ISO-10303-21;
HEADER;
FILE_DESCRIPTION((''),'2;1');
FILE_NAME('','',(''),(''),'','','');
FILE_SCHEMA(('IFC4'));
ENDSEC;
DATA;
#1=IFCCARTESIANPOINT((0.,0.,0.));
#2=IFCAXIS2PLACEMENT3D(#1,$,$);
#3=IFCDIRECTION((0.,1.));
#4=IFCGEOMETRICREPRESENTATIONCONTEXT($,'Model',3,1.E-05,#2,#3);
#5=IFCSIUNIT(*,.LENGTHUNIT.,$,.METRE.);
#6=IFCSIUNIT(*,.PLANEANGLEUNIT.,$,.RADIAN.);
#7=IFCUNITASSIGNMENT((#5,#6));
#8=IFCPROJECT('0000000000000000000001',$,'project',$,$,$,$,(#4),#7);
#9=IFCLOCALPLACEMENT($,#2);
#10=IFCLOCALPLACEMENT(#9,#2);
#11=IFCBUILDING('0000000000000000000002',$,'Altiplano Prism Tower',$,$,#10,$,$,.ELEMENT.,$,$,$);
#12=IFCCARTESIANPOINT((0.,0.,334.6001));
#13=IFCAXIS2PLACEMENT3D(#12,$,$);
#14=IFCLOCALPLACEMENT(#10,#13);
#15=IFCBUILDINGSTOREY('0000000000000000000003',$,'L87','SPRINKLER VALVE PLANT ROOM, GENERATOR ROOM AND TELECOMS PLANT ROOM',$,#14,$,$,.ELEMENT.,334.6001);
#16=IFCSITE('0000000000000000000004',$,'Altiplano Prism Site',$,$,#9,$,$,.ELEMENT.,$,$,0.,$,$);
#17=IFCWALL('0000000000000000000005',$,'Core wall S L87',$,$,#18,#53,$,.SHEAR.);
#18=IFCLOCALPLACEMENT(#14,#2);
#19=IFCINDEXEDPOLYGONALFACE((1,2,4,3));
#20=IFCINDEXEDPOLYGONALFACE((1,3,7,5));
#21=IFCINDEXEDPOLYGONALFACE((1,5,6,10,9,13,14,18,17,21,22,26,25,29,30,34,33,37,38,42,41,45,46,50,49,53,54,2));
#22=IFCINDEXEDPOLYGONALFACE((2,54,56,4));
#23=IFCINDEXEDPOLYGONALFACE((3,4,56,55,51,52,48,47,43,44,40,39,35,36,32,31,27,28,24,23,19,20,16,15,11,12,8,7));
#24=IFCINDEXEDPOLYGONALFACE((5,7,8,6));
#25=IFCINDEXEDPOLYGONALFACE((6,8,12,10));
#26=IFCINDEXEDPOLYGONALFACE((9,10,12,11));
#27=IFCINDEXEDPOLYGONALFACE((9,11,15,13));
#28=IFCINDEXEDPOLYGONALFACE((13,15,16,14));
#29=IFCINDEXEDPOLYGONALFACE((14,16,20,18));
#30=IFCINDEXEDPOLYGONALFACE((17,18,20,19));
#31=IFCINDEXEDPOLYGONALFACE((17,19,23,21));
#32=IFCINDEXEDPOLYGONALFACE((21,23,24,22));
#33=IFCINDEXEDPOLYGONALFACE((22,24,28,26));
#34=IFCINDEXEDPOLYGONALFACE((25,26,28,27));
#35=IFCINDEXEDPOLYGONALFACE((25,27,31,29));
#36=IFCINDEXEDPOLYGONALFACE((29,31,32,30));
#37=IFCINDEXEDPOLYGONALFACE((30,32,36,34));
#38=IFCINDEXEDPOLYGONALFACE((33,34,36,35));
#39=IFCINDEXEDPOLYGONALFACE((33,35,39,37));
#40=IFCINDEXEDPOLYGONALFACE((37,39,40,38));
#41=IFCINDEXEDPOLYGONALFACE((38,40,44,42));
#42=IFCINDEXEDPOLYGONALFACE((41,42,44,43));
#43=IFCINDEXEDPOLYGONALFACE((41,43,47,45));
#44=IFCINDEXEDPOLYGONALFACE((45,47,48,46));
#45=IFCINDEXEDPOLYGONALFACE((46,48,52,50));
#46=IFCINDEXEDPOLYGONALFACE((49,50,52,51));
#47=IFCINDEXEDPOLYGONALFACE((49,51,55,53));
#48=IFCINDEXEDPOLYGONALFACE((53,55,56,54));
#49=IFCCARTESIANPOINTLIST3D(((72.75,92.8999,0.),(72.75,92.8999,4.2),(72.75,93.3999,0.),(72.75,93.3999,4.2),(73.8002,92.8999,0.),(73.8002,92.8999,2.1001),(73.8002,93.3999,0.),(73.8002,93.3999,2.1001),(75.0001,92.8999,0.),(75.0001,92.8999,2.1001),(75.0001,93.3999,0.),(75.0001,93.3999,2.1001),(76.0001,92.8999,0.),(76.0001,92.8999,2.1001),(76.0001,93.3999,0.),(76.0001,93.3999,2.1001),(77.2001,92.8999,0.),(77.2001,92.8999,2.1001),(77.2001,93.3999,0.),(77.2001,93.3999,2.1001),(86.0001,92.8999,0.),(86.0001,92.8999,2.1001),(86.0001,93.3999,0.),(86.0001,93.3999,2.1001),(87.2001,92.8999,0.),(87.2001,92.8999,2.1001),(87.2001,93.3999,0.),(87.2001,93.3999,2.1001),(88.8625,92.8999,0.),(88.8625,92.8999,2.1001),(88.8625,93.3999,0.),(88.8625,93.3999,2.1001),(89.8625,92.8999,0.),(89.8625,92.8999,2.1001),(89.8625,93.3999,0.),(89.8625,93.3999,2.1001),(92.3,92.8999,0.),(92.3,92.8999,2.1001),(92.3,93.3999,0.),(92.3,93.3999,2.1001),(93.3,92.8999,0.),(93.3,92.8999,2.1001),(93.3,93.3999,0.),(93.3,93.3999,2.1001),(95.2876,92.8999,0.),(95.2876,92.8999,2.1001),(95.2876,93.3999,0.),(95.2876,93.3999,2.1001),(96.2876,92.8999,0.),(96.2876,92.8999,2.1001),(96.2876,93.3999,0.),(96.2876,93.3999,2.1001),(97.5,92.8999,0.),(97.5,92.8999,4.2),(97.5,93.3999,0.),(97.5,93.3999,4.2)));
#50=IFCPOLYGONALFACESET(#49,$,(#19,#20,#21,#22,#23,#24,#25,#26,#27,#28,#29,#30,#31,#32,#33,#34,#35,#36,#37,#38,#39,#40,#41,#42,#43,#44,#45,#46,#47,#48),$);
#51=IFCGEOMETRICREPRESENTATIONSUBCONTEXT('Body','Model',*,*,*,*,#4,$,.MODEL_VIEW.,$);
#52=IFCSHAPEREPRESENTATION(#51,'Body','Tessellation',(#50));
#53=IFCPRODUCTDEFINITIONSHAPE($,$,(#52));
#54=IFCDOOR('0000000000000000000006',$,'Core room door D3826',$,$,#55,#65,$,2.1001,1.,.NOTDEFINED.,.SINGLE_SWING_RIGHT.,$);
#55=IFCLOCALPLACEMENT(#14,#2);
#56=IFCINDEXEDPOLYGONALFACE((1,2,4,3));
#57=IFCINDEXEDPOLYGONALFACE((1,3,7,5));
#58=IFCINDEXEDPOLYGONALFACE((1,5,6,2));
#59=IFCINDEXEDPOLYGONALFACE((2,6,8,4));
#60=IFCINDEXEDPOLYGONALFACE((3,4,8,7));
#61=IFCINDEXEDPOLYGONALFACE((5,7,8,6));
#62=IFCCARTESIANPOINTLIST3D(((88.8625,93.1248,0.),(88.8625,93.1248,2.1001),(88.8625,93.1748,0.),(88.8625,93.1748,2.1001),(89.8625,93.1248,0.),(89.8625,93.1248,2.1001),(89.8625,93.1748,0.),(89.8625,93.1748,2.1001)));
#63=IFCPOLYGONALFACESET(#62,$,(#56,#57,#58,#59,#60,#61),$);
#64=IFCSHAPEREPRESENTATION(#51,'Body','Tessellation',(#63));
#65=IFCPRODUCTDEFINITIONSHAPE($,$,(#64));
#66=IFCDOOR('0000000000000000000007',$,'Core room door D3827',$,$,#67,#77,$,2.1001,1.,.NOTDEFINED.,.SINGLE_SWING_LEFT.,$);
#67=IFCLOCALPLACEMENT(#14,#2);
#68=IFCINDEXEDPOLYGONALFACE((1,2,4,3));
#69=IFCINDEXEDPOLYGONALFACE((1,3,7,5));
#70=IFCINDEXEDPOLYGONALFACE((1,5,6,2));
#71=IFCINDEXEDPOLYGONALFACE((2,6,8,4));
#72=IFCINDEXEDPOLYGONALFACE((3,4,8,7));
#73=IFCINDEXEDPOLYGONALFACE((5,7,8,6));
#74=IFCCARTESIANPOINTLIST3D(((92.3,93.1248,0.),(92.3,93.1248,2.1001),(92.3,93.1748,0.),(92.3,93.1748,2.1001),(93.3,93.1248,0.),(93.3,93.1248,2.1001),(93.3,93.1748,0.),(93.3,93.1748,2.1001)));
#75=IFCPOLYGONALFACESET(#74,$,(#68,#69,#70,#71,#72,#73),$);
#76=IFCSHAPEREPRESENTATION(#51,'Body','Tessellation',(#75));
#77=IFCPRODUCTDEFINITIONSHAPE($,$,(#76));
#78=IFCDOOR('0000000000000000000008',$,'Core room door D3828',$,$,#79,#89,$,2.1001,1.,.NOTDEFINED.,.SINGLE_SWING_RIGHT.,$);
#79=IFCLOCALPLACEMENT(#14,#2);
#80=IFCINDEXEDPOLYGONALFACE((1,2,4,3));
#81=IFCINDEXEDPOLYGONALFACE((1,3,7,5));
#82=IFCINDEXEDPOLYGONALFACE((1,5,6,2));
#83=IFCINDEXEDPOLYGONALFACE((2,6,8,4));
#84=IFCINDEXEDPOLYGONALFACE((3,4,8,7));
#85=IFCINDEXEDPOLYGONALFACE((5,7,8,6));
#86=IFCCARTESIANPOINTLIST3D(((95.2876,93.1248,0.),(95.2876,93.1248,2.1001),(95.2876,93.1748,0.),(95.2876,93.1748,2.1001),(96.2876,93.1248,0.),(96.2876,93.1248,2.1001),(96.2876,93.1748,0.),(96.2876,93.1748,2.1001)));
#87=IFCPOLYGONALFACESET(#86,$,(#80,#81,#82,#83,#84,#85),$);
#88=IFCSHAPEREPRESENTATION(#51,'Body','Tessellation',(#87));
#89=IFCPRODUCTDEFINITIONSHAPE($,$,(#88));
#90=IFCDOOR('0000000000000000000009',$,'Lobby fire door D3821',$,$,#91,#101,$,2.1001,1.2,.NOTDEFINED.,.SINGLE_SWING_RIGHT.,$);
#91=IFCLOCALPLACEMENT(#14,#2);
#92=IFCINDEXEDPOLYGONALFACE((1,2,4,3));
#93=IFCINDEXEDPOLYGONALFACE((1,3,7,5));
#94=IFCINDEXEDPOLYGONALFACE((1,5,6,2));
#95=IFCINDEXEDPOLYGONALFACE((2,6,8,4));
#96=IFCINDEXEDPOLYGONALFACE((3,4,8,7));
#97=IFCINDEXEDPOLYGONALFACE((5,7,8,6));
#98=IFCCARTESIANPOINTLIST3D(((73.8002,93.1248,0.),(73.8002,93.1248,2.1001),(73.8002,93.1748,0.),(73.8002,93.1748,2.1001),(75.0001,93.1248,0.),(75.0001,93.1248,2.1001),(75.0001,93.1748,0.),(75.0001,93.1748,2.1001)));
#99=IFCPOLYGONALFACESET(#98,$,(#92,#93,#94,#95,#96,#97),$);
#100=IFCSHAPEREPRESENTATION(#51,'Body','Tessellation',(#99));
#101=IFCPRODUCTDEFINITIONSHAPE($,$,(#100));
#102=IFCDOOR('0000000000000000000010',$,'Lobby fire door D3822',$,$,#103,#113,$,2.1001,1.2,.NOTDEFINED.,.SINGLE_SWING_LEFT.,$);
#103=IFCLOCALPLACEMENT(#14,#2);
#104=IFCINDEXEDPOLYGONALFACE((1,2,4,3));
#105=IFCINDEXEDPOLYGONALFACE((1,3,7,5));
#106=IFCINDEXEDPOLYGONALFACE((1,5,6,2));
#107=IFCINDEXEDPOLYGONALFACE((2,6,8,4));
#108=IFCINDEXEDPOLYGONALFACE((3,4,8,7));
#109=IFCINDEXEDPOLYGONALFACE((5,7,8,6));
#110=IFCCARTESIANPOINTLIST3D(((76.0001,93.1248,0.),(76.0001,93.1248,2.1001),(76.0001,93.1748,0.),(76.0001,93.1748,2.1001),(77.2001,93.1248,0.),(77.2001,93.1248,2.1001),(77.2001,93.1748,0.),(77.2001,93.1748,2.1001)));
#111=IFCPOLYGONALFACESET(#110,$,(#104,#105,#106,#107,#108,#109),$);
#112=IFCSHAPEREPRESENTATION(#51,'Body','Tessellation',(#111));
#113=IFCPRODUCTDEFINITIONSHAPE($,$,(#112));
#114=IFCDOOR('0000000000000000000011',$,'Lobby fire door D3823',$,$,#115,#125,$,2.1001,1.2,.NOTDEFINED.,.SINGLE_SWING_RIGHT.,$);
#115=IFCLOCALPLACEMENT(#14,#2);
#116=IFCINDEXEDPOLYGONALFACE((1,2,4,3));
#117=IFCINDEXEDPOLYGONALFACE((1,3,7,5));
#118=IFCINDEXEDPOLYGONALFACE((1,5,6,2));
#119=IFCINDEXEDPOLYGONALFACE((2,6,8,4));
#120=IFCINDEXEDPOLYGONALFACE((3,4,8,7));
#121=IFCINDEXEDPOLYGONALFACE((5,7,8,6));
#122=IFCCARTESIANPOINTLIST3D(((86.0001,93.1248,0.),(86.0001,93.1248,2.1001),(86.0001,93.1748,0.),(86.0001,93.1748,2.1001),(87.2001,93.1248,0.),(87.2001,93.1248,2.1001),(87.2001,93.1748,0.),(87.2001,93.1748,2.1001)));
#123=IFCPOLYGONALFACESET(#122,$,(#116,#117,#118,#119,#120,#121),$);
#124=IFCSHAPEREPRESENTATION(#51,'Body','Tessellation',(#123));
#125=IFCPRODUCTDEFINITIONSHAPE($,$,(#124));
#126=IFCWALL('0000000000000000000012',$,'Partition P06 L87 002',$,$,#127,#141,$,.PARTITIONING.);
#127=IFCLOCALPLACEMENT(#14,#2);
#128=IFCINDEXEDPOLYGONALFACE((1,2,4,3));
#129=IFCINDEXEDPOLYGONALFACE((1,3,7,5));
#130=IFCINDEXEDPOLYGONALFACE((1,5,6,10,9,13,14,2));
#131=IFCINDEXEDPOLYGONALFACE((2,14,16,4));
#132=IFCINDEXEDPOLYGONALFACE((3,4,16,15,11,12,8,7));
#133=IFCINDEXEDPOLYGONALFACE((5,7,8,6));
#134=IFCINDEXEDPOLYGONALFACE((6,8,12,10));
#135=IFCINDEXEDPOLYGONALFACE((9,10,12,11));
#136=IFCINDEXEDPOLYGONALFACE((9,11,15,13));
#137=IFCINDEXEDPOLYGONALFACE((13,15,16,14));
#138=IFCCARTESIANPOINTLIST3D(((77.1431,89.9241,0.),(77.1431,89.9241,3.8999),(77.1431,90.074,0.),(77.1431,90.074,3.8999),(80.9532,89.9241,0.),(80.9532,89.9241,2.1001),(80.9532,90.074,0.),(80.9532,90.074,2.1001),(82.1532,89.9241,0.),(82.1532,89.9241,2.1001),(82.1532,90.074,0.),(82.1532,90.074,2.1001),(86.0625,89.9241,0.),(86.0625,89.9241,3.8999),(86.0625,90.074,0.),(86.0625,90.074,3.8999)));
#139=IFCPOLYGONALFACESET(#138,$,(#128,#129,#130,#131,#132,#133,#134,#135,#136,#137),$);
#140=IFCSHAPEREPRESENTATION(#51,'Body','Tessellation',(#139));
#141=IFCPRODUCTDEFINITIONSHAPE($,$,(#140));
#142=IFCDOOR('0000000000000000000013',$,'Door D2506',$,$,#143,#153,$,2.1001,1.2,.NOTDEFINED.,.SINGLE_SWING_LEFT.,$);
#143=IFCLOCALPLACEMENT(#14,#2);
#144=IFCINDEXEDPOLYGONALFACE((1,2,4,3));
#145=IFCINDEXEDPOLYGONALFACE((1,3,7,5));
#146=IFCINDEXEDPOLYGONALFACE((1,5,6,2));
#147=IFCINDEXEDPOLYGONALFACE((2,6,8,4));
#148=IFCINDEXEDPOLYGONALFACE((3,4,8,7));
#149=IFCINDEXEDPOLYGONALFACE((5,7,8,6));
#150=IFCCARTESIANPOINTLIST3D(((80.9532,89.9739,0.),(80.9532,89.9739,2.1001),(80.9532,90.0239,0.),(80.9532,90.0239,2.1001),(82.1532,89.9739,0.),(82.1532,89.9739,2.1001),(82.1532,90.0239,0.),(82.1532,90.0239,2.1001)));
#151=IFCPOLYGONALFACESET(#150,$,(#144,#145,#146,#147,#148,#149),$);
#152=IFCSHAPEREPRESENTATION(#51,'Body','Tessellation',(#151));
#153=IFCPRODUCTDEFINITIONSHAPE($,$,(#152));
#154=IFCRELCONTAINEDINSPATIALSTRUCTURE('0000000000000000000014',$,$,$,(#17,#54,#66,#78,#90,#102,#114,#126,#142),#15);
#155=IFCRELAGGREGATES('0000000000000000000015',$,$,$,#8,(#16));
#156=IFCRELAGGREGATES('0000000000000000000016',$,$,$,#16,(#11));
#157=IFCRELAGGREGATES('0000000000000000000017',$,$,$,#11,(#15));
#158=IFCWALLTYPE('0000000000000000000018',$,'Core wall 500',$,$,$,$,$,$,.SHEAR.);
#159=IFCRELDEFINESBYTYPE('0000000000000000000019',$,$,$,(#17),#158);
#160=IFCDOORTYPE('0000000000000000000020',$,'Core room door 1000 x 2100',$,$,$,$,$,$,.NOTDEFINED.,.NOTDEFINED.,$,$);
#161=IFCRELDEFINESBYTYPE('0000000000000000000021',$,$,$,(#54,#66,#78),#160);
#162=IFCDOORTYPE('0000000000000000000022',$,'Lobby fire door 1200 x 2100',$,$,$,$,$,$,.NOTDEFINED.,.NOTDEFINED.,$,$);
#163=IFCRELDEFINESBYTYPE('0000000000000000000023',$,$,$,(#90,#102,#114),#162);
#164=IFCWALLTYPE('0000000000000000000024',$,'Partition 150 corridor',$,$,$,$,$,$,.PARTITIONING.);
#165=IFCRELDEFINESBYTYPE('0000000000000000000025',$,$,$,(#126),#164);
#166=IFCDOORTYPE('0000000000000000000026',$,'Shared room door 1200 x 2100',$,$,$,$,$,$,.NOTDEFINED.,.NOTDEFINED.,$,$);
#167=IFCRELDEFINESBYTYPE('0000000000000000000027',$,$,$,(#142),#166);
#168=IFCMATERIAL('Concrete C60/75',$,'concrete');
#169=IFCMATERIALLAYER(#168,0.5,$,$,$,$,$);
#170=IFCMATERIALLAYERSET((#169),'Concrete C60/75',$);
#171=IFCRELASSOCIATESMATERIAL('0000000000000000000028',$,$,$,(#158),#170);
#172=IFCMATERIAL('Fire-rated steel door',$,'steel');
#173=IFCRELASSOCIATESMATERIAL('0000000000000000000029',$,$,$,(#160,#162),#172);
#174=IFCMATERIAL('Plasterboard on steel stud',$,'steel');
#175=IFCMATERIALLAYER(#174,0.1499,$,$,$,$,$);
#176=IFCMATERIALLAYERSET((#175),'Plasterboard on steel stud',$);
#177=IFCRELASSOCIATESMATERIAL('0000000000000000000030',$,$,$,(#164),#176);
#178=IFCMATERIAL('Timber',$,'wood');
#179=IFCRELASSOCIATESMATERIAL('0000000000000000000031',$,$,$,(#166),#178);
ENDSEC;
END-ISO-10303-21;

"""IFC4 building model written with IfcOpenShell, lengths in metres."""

from ifc_helpers import new_model, si_unit, direction, frame, frame_2d, origin, place, context, subcontext, project, spatial, rectangle, extrude, material, layer, layer_set, type_object, element, fill, save


model = new_model("IFC4")

# Units and contexts
model_context = context("Model", 3, precision=1e-05, world=origin(), true_north=direction((0.0, 1.0)))
body_context = subcontext(model_context, "Body", "Model", "MODEL_VIEW")
ifc_project = project(units=[si_unit("LENGTHUNIT", "METRE"), si_unit("PLANEANGLEUNIT", "RADIAN")], contexts=[model_context])

# Site, building, storey
site_placement = place(None, origin())
site = spatial("IfcSite", under=ifc_project, at=site_placement, Name="Altiplano Prism Site", CompositionType="ELEMENT", RefElevation=0.0)
building_placement = place(site_placement, origin())
building = spatial("IfcBuilding", under=site, at=building_placement, Name="Altiplano Prism Tower", CompositionType="ELEMENT")
storey_placement = place(building_placement, frame((0.0, 0.0, 334.6001)))
storey = spatial("IfcBuildingStorey", under=building, at=storey_placement, Name="L87", Description="SPRINKLER VALVE PLANT ROOM, GENERATOR ROOM AND TELECOMS PLANT ROOM", CompositionType="ELEMENT", Elevation=334.6001)

# Shared definitions
ifc_material_1 = material(Name="Concrete C60/75", Category="concrete")

# Wall, openings, doors
ifc_layer_1 = layer(ifc_material_1, 0.5)
ifc_layer_set_1 = layer_set([ifc_layer_1], Name="Concrete C60/75")
wall_type_1 = type_object("IfcWallType", Name="Core wall 500", PredefinedType="SHEAR", material=ifc_layer_set_1)
wall_1_placement = place(storey_placement, frame((72.75, 93.1499, 0.0), z_axis=(0.0, 0.0, 1.0), x_axis=(1.0, 0.0, 0.0)))
wall_1 = element("IfcWall", 1, at=wall_1_placement, inside=storey, type_object=wall_type_1, Name="Core wall S L87", PredefinedType="SHEAR", context=body_context, shape_type="SweptSolid", body=[
    extrude(rectangle(XDim=24.75, YDim=0.5, at=frame_2d((12.375, 0.0))), origin(), (0.0, 0.0, 1.0), 4.2),
])
opening_1_placement = place(wall_1_placement, frame((1.05, 0.0, 0.0)))
opening_1 = element("IfcOpeningElement", 2, at=opening_1_placement, cuts=wall_1, PredefinedType="OPENING", context=body_context, shape_type="SweptSolid", body=[
    extrude(rectangle(XDim=1.2, YDim=2.1001, at=frame_2d((0.6001, 1.05))), frame((0.0, 0.2605, 0.0), z_axis=(0.0, -1.0, 0.0), x_axis=(1.0, 0.0, 0.0)), (0.0, 0.0, 1.0), 0.521),
])
opening_2_placement = place(wall_1_placement, frame((3.25, 0.0, 0.0)))
opening_2 = element("IfcOpeningElement", 3, at=opening_2_placement, cuts=wall_1, PredefinedType="OPENING", context=body_context, shape_type="SweptSolid", body=[
    extrude(rectangle(XDim=1.2, YDim=2.1001, at=frame_2d((0.6001, 1.05))), frame((0.0, 0.2605, 0.0), z_axis=(0.0, -1.0, 0.0), x_axis=(1.0, 0.0, 0.0)), (0.0, 0.0, 1.0), 0.521),
])
opening_3_placement = place(wall_1_placement, frame((13.25, 0.0, 0.0)))
opening_3 = element("IfcOpeningElement", 4, at=opening_3_placement, cuts=wall_1, PredefinedType="OPENING", context=body_context, shape_type="SweptSolid", body=[
    extrude(rectangle(XDim=1.2, YDim=2.1001, at=frame_2d((0.6001, 1.05))), frame((0.0, 0.2605, 0.0), z_axis=(0.0, -1.0, 0.0), x_axis=(1.0, 0.0, 0.0)), (0.0, 0.0, 1.0), 0.521),
])
opening_4_placement = place(wall_1_placement, frame((16.1125, 0.0, 0.0)))
opening_4 = element("IfcOpeningElement", 5, at=opening_4_placement, cuts=wall_1, PredefinedType="OPENING", context=body_context, shape_type="SweptSolid", body=[
    extrude(rectangle(XDim=1.0, YDim=2.1001, at=frame_2d((0.5, 1.05))), frame((0.0, 0.2605, 0.0), z_axis=(0.0, -1.0, 0.0), x_axis=(1.0, 0.0, 0.0)), (0.0, 0.0, 1.0), 0.521),
])
opening_5_placement = place(wall_1_placement, frame((19.55, 0.0, 0.0)))
opening_5 = element("IfcOpeningElement", 6, at=opening_5_placement, cuts=wall_1, PredefinedType="OPENING", context=body_context, shape_type="SweptSolid", body=[
    extrude(rectangle(XDim=1.0, YDim=2.1001, at=frame_2d((0.5, 1.05))), frame((0.0, 0.2605, 0.0), z_axis=(0.0, -1.0, 0.0), x_axis=(1.0, 0.0, 0.0)), (0.0, 0.0, 1.0), 0.521),
])
opening_6_placement = place(wall_1_placement, frame((22.5376, 0.0, 0.0)))
opening_6 = element("IfcOpeningElement", 7, at=opening_6_placement, cuts=wall_1, PredefinedType="OPENING", context=body_context, shape_type="SweptSolid", body=[
    extrude(rectangle(XDim=1.0, YDim=2.1001, at=frame_2d((0.5, 1.05))), frame((0.0, 0.2605, 0.0), z_axis=(0.0, -1.0, 0.0), x_axis=(1.0, 0.0, 0.0)), (0.0, 0.0, 1.0), 0.521),
])
ifc_material_2 = material(Name="Fire-rated steel door", Category="steel")
door_type_1 = type_object("IfcDoorType", Name="Core room door 1000 x 2100", OperationType="NOTDEFINED", PredefinedType="NOTDEFINED", material=ifc_material_2)
door_1_placement = place(opening_4_placement, origin())
door_1 = element("IfcDoor", 8, at=door_1_placement, inside=storey, type_object=door_type_1, Name="Core room door D3826", OperationType="SINGLE_SWING_RIGHT", OverallHeight=2.1001, OverallWidth=1.0, PredefinedType="NOTDEFINED", context=body_context, shape_type="SweptSolid", body=[
    extrude(rectangle(XDim=1.0, YDim=2.1001, at=frame_2d((0.5, 1.05))), frame((0.0, 0.0249, 0.0), z_axis=(0.0, -1.0, 0.0), x_axis=(1.0, 0.0, 0.0)), (0.0, 0.0, 1.0), 0.05),
])
fill(opening_4, door_1)
door_2_placement = place(opening_5_placement, origin())
door_2 = element("IfcDoor", 9, at=door_2_placement, inside=storey, type_object=door_type_1, Name="Core room door D3827", OperationType="SINGLE_SWING_LEFT", OverallHeight=2.1001, OverallWidth=1.0, PredefinedType="NOTDEFINED", context=body_context, shape_type="SweptSolid", body=[
    extrude(rectangle(XDim=1.0, YDim=2.1001, at=frame_2d((0.5, 1.05))), frame((0.0, 0.0249, 0.0), z_axis=(0.0, -1.0, 0.0), x_axis=(1.0, 0.0, 0.0)), (0.0, 0.0, 1.0), 0.05),
])
fill(opening_5, door_2)
door_3_placement = place(opening_6_placement, origin())
door_3 = element("IfcDoor", 10, at=door_3_placement, inside=storey, type_object=door_type_1, Name="Core room door D3828", OperationType="SINGLE_SWING_RIGHT", OverallHeight=2.1001, OverallWidth=1.0, PredefinedType="NOTDEFINED", context=body_context, shape_type="SweptSolid", body=[
    extrude(rectangle(XDim=1.0, YDim=2.1001, at=frame_2d((0.5, 1.05))), frame((0.0, 0.0249, 0.0), z_axis=(0.0, -1.0, 0.0), x_axis=(1.0, 0.0, 0.0)), (0.0, 0.0, 1.0), 0.05),
])
fill(opening_6, door_3)
door_type_2 = type_object("IfcDoorType", Name="Lobby fire door 1200 x 2100", OperationType="NOTDEFINED", PredefinedType="NOTDEFINED", material=ifc_material_2)
door_4_placement = place(opening_1_placement, origin())
door_4 = element("IfcDoor", 11, at=door_4_placement, inside=storey, type_object=door_type_2, Name="Lobby fire door D3821", OperationType="SINGLE_SWING_RIGHT", OverallHeight=2.1001, OverallWidth=1.2, PredefinedType="NOTDEFINED", context=body_context, shape_type="SweptSolid", body=[
    extrude(rectangle(XDim=1.2, YDim=2.1001, at=frame_2d((0.6001, 1.05))), frame((0.0, 0.0249, 0.0), z_axis=(0.0, -1.0, 0.0), x_axis=(1.0, 0.0, 0.0)), (0.0, 0.0, 1.0), 0.05),
])
fill(opening_1, door_4)
door_5_placement = place(opening_2_placement, origin())
door_5 = element("IfcDoor", 12, at=door_5_placement, inside=storey, type_object=door_type_2, Name="Lobby fire door D3822", OperationType="SINGLE_SWING_LEFT", OverallHeight=2.1001, OverallWidth=1.2, PredefinedType="NOTDEFINED", context=body_context, shape_type="SweptSolid", body=[
    extrude(rectangle(XDim=1.2, YDim=2.1001, at=frame_2d((0.6001, 1.05))), frame((0.0, 0.0249, 0.0), z_axis=(0.0, -1.0, 0.0), x_axis=(1.0, 0.0, 0.0)), (0.0, 0.0, 1.0), 0.05),
])
fill(opening_2, door_5)
door_6_placement = place(opening_3_placement, origin())
door_6 = element("IfcDoor", 13, at=door_6_placement, inside=storey, type_object=door_type_2, Name="Lobby fire door D3823", OperationType="SINGLE_SWING_RIGHT", OverallHeight=2.1001, OverallWidth=1.2, PredefinedType="NOTDEFINED", context=body_context, shape_type="SweptSolid", body=[
    extrude(rectangle(XDim=1.2, YDim=2.1001, at=frame_2d((0.6001, 1.05))), frame((0.0, 0.0249, 0.0), z_axis=(0.0, -1.0, 0.0), x_axis=(1.0, 0.0, 0.0)), (0.0, 0.0, 1.0), 0.05),
])
fill(opening_3, door_6)

# Wall, opening, door
ifc_material_3 = material(Name="Plasterboard on steel stud", Category="steel")
ifc_layer_2 = layer(ifc_material_3, 0.1499)
ifc_layer_set_2 = layer_set([ifc_layer_2], Name="Plasterboard on steel stud")
wall_type_2 = type_object("IfcWallType", Name="Partition 150 corridor", PredefinedType="PARTITIONING", material=ifc_layer_set_2)
wall_2_placement = place(storey_placement, frame((77.1431, 89.999, 0.0), z_axis=(0.0, 0.0, 1.0), x_axis=(1.0, 0.0, 0.0)))
wall_2 = element("IfcWall", 14, at=wall_2_placement, inside=storey, type_object=wall_type_2, Name="Partition P06 L87 002", PredefinedType="PARTITIONING", context=body_context, shape_type="SweptSolid", body=[
    extrude(rectangle(XDim=8.9194, YDim=0.1499, at=frame_2d((4.4597, 0.0))), origin(), (0.0, 0.0, 1.0), 3.8999),
])
opening_7_placement = place(wall_2_placement, frame((3.8101, 0.0, 0.0)))
opening_7 = element("IfcOpeningElement", 15, at=opening_7_placement, cuts=wall_2, PredefinedType="OPENING", context=body_context, shape_type="SweptSolid", body=[
    extrude(rectangle(XDim=1.2, YDim=2.1001, at=frame_2d((0.6001, 1.05))), frame((0.0, 0.0854, 0.0), z_axis=(0.0, -1.0, 0.0), x_axis=(1.0, 0.0, 0.0)), (0.0, 0.0, 1.0), 0.1709),
])
ifc_material_4 = material(Name="Timber", Category="wood")
door_type_3 = type_object("IfcDoorType", Name="Shared room door 1200 x 2100", OperationType="NOTDEFINED", PredefinedType="NOTDEFINED", material=ifc_material_4)
door_7_placement = place(opening_7_placement, origin())
door_7 = element("IfcDoor", 16, at=door_7_placement, inside=storey, type_object=door_type_3, Name="Door D2506", OperationType="SINGLE_SWING_LEFT", OverallHeight=2.1001, OverallWidth=1.2, PredefinedType="NOTDEFINED", context=body_context, shape_type="SweptSolid", body=[
    extrude(rectangle(XDim=1.2, YDim=2.1001, at=frame_2d((0.6001, 1.05))), frame((0.0, 0.0249, 0.0), z_axis=(0.0, -1.0, 0.0), x_axis=(1.0, 0.0, 0.0)), (0.0, 0.0, 1.0), 0.05),
])
fill(opening_7, door_7)

save(model, "model.ifc")
